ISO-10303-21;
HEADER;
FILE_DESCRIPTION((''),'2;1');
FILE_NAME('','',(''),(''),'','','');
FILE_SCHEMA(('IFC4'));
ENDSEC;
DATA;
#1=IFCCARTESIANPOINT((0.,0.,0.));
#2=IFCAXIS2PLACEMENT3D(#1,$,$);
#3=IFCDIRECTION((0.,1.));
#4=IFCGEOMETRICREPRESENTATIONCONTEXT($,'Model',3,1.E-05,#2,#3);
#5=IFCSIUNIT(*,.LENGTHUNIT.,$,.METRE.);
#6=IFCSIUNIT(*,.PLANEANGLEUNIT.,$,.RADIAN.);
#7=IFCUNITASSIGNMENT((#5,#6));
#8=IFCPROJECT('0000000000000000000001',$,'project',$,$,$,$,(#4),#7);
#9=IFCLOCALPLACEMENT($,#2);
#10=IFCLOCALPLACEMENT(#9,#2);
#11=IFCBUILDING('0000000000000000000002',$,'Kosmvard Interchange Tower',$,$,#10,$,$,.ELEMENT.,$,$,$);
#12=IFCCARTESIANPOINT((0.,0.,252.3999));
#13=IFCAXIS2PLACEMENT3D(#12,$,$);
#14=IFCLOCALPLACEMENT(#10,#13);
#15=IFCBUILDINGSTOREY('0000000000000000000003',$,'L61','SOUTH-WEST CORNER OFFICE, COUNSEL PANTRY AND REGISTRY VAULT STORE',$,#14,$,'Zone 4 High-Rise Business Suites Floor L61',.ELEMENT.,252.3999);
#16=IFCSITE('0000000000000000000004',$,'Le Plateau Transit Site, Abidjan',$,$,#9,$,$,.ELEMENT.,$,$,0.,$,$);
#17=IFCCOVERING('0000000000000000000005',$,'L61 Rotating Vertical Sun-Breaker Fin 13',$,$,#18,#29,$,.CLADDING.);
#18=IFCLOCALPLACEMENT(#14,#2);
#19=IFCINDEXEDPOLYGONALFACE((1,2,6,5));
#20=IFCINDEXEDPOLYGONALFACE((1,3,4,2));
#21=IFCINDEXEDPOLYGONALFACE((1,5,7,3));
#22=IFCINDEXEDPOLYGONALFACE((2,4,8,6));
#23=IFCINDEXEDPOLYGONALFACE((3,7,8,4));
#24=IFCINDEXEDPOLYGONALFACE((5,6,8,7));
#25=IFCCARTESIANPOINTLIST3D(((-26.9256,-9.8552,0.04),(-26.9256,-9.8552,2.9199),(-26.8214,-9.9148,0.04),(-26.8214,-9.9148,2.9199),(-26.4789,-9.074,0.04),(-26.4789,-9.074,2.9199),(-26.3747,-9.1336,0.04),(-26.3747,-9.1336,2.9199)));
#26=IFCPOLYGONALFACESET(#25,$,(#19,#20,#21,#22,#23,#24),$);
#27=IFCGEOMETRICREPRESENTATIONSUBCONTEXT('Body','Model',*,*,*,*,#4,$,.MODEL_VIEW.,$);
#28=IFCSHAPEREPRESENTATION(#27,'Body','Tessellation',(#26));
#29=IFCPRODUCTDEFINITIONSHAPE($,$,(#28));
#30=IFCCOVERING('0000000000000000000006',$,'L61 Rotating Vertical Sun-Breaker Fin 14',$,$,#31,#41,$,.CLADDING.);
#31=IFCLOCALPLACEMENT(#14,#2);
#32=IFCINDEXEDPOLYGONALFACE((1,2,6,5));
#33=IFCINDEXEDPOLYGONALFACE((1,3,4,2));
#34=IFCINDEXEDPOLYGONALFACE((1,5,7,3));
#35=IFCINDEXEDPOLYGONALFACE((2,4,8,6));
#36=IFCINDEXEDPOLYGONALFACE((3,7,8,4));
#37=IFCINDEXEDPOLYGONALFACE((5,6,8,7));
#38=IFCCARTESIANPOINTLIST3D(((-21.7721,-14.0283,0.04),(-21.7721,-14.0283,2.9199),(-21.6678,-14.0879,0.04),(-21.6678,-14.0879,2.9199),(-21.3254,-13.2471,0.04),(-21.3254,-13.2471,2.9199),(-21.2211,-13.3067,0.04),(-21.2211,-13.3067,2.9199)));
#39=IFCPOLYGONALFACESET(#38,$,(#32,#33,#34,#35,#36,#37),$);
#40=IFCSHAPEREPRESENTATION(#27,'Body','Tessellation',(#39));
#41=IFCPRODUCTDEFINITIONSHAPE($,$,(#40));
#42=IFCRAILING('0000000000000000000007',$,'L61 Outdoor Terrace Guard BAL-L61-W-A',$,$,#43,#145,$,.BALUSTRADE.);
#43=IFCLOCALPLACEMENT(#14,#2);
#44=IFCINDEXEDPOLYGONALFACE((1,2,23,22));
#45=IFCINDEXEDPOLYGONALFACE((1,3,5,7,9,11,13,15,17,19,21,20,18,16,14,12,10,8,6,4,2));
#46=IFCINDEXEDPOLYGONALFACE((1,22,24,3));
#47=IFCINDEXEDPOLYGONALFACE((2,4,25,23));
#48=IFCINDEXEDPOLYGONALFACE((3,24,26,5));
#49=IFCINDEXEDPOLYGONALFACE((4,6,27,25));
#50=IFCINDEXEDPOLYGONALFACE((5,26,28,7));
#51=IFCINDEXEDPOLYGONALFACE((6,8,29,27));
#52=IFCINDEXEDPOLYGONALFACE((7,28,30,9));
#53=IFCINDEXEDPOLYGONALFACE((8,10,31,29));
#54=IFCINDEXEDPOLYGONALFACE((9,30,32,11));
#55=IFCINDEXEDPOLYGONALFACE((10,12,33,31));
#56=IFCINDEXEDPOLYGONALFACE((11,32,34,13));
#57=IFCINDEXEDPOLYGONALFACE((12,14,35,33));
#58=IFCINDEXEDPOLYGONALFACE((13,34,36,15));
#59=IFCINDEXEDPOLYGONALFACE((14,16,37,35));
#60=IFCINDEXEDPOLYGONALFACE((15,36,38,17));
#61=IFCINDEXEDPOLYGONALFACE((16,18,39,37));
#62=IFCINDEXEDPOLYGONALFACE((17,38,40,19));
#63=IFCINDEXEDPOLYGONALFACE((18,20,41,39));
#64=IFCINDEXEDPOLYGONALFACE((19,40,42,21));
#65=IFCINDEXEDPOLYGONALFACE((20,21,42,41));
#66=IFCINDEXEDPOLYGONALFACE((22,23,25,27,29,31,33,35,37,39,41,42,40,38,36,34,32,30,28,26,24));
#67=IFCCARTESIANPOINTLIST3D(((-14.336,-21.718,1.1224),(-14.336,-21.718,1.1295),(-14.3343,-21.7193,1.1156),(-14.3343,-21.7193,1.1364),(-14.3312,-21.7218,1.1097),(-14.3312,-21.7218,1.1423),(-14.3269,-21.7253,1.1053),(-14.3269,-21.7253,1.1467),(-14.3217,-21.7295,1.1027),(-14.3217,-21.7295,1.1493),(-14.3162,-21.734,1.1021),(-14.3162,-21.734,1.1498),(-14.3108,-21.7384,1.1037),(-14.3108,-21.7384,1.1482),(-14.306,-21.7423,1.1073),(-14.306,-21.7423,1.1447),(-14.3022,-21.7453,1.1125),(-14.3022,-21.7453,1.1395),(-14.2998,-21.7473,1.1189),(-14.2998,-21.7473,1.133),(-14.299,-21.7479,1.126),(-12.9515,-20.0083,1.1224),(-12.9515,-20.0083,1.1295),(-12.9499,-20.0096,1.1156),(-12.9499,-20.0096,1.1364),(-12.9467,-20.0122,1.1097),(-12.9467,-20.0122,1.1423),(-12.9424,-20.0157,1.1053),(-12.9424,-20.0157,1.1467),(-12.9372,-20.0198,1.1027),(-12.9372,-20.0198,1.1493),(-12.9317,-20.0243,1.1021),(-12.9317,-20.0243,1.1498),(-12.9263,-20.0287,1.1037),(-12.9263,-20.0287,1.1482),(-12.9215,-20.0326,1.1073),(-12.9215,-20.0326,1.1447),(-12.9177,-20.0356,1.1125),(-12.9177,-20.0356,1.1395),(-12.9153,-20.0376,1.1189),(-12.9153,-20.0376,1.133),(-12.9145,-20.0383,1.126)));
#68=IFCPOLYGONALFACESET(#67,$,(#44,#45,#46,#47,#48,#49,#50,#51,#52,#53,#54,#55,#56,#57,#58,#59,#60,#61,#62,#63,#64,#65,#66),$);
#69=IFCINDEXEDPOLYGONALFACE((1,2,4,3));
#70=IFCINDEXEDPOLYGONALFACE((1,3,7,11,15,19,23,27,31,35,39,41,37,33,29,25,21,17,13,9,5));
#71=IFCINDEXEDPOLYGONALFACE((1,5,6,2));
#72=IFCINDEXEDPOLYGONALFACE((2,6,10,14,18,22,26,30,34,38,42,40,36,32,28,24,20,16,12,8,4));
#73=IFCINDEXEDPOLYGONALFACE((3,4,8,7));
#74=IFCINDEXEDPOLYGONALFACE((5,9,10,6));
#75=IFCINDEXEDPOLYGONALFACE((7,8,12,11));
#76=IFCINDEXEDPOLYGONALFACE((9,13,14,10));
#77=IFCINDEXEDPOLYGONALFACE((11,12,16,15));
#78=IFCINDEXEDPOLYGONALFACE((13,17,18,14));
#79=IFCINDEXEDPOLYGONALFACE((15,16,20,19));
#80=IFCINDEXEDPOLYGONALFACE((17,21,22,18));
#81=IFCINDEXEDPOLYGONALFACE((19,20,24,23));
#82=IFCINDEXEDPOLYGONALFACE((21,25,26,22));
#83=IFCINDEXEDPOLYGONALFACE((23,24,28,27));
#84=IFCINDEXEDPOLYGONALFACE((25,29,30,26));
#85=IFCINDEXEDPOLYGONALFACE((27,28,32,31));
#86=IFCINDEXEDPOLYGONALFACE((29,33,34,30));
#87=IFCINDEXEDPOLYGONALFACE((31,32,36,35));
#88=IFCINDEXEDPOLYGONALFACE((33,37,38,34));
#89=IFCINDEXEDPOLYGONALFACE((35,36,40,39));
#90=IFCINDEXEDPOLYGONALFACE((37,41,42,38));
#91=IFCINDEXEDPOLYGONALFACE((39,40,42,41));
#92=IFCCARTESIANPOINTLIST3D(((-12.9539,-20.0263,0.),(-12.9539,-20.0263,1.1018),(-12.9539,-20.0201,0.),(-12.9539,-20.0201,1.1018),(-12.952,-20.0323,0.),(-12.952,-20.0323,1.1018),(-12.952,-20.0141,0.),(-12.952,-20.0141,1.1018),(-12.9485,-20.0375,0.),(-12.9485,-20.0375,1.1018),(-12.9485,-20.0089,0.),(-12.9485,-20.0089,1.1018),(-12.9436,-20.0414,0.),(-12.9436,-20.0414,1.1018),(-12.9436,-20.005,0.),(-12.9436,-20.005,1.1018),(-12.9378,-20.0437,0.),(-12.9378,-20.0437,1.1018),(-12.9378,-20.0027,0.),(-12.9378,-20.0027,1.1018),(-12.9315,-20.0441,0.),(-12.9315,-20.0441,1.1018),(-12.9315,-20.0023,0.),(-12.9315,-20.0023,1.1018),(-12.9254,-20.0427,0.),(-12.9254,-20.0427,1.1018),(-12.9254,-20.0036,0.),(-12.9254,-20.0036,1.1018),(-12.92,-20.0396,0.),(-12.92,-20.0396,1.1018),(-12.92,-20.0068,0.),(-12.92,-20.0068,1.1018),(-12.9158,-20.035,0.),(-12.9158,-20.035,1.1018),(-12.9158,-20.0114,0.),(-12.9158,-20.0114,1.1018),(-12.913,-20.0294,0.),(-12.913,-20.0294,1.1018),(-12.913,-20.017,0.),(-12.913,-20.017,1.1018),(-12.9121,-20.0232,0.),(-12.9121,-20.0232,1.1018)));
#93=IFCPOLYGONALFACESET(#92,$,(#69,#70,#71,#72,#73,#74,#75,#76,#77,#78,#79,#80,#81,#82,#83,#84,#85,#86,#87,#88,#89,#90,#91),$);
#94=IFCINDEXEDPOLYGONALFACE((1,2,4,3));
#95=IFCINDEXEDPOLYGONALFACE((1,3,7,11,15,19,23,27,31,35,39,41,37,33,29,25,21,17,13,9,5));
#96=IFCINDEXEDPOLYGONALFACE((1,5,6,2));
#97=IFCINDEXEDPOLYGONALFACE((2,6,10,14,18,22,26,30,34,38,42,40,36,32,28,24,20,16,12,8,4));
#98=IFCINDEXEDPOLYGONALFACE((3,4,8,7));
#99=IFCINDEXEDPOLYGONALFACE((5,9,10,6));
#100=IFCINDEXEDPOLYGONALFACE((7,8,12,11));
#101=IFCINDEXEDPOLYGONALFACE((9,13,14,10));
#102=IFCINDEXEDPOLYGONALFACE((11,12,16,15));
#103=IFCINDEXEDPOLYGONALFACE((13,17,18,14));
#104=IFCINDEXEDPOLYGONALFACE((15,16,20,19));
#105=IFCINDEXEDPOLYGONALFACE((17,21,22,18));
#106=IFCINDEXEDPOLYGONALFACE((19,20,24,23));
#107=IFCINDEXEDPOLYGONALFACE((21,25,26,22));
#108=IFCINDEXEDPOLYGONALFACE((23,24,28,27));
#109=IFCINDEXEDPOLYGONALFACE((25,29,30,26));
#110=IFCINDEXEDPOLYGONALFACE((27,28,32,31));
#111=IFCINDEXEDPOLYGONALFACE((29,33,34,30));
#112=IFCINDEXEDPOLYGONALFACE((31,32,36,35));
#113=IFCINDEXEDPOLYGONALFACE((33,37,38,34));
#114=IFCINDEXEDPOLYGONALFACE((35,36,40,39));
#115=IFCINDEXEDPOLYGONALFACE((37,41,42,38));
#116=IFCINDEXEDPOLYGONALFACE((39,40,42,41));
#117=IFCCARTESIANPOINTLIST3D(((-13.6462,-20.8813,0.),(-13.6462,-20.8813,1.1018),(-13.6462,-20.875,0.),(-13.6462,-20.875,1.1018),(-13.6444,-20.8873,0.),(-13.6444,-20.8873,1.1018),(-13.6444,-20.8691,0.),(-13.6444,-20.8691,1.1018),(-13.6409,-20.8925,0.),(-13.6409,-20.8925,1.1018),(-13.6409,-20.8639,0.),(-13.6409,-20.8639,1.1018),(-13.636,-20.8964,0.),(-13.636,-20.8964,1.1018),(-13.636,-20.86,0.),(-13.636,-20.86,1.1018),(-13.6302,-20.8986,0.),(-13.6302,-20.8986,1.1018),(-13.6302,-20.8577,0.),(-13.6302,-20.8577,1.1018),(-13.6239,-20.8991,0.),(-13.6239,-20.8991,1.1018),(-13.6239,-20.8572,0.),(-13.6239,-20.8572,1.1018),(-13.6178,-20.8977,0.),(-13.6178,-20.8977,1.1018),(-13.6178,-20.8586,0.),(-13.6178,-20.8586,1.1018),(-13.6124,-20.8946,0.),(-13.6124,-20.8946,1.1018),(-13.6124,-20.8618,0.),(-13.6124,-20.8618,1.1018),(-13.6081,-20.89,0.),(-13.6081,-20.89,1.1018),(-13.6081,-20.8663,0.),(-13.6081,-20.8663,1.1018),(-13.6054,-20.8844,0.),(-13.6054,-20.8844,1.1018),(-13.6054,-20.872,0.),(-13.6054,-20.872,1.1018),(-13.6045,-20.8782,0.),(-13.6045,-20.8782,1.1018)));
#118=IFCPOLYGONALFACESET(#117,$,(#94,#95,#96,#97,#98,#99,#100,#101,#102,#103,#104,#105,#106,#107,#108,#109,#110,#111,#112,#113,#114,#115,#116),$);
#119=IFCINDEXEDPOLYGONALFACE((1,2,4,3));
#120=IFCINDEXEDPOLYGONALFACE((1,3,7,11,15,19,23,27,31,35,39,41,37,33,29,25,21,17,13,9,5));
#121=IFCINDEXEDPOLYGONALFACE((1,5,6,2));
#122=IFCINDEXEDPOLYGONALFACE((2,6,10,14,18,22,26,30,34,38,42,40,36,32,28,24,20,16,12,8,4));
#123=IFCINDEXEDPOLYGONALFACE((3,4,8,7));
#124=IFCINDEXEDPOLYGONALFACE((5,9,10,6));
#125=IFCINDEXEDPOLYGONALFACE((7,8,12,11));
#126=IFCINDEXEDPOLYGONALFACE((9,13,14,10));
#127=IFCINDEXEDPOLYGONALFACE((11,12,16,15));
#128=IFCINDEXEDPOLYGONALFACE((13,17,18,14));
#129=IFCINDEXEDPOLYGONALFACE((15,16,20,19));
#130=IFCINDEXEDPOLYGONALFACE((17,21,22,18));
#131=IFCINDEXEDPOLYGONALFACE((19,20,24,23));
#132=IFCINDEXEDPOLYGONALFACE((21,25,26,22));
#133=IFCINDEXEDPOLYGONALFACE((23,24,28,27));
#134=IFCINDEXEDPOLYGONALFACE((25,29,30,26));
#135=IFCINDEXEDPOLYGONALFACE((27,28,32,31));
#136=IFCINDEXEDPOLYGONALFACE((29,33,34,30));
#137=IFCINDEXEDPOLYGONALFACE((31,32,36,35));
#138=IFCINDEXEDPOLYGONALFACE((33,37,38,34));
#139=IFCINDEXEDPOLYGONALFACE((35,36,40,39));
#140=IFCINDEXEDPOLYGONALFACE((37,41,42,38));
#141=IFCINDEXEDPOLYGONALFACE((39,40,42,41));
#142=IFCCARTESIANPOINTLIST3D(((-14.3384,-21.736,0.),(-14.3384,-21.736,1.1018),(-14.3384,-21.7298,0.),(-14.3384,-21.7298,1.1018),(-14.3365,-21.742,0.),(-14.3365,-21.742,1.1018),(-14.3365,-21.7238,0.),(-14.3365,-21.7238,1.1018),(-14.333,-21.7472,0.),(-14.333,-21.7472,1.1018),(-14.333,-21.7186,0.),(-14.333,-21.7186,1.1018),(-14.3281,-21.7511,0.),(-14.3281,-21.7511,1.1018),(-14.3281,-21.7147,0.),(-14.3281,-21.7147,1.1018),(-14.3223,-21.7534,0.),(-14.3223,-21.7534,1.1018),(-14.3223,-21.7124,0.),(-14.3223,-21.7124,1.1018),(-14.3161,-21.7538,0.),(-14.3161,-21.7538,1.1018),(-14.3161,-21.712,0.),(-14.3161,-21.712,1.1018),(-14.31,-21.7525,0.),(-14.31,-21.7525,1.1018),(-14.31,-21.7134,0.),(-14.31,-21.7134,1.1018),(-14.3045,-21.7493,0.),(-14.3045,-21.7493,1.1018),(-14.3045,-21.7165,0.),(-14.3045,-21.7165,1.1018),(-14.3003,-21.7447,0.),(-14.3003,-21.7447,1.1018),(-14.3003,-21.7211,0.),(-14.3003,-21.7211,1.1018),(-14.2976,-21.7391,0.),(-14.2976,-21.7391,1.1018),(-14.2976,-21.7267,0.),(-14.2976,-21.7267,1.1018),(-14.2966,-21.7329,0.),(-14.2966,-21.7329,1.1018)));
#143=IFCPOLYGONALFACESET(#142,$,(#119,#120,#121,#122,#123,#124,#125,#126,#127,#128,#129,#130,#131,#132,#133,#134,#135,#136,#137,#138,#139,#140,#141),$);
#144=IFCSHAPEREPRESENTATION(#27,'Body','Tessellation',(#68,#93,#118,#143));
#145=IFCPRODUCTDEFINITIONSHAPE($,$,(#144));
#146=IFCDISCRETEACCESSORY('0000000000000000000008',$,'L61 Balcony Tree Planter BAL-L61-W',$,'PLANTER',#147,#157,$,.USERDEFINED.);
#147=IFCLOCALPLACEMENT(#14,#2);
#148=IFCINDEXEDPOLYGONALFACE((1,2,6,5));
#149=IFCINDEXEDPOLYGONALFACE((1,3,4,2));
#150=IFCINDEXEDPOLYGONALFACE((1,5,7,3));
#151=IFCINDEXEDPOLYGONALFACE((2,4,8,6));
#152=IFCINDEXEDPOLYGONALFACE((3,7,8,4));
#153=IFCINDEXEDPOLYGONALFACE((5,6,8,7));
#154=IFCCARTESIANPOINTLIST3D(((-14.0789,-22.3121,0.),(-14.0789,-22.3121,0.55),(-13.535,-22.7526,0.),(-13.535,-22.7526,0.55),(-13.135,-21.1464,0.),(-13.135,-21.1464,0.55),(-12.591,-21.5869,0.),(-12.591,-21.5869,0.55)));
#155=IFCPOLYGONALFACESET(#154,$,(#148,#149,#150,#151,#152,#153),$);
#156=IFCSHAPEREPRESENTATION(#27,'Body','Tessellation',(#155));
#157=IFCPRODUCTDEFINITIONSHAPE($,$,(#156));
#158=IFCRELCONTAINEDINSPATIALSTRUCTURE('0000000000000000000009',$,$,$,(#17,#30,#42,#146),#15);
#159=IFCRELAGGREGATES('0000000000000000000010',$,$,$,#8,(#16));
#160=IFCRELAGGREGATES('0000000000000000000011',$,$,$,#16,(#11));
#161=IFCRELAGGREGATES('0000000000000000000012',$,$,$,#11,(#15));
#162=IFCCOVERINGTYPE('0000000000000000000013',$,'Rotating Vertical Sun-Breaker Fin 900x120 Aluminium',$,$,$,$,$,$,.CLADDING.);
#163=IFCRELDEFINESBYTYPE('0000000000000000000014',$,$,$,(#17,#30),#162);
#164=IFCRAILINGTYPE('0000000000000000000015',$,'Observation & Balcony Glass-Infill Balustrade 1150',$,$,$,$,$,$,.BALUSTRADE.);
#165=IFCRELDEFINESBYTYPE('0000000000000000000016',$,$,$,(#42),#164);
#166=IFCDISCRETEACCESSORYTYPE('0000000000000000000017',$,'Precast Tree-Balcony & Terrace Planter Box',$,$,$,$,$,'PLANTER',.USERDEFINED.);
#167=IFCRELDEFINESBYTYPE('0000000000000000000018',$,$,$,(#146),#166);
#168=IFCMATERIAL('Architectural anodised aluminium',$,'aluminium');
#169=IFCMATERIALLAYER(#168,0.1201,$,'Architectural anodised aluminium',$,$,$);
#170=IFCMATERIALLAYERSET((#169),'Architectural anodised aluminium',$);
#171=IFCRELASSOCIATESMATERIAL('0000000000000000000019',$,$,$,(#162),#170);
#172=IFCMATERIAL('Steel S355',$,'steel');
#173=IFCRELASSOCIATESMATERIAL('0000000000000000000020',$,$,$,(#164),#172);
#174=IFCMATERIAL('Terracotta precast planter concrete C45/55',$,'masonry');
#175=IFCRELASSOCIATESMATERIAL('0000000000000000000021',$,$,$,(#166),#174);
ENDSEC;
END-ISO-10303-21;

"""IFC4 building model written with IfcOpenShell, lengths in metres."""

from ifc_helpers import new_model, si_unit, direction, frame, origin, origin_2d, place, context, subcontext, project, spatial, rectangle, circle, extrude, source, transform, mapped, material, layer, layer_set, type_object, element, save


model = new_model("IFC4")

# Units and contexts
model_context = context("Model", 3, precision=1e-05, world=origin(), true_north=direction((0.0, 1.0)))
body_context = subcontext(model_context, "Body", "Model", "MODEL_VIEW")
ifc_project = project(units=[si_unit("LENGTHUNIT", "METRE"), si_unit("PLANEANGLEUNIT", "RADIAN")], contexts=[model_context])

# Site, building, storey
site_placement = place(None, origin())
site = spatial("IfcSite", under=ifc_project, at=site_placement, Name="Le Plateau Transit Site, Abidjan", CompositionType="ELEMENT", RefElevation=0.0)
building_placement = place(site_placement, origin())
building = spatial("IfcBuilding", under=site, at=building_placement, Name="Kosmvard Interchange Tower", CompositionType="ELEMENT")
storey_placement = place(building_placement, frame((0.0, 0.0, 252.3999)))
storey = spatial("IfcBuildingStorey", under=building, at=storey_placement, Name="L61", Description="SOUTH-WEST CORNER OFFICE, COUNSEL PANTRY AND REGISTRY VAULT STORE", LongName="Zone 4 High-Rise Business Suites Floor L61", CompositionType="ELEMENT", Elevation=252.3999)

# Shared definitions
ifc_material_1 = material(Name="Steel S355", Category="steel")

# Coverings
ifc_material_2 = material(Name="Architectural anodised aluminium", Category="aluminium")
ifc_layer_1 = layer(ifc_material_2, 0.1201, Name="Architectural anodised aluminium")
ifc_layer_set_1 = layer_set([ifc_layer_1], Name="Architectural anodised aluminium")
covering_type = type_object("IfcCoveringType", Name="Rotating Vertical Sun-Breaker Fin 900x120 Aluminium", PredefinedType="CLADDING", material=ifc_layer_set_1)
shared_shape_1 = source(origin(), body_context, "Body", "SweptSolid", [
    extrude(rectangle(XDim=0.8999, YDim=0.1201, at=origin_2d()), origin(), (0.0, 0.0, 1.0), 2.8799),
])
for number, where, z_axis, x_axis, name in (
    (1, (-26.6501, -9.4944, 0.04), (0.0, 0.0, 1.0), (-0.496368, -0.868112, 0.0), "L61 Rotating Vertical Sun-Breaker Fin 13"),
    (2, (-21.4966, -13.6675, 0.04), (0.0, 0.0, 1.0), (-0.496368, -0.868112, 0.0), "L61 Rotating Vertical Sun-Breaker Fin 14"),
):
    element("IfcCovering", number, at=place(storey_placement, frame(where, z_axis=z_axis, x_axis=x_axis)), inside=storey, type_object=covering_type, Name=name, PredefinedType="CLADDING", context=body_context, shape_type="MappedRepresentation", body=[
        mapped(shared_shape_1, transform((0.0, 0.0, 0.0), scale=1.0)),
    ])

# Railing
railing_type = type_object("IfcRailingType", Name="Observation & Balcony Glass-Infill Balustrade 1150", PredefinedType="BALUSTRADE", material=ifc_material_1)
shared_shape_2 = source(origin(), body_context, "Body", "SweptSolid", [
    extrude(circle(Radius=0.0239, at=origin_2d()), frame((0.0, 0.0, 1.126), z_axis=(-0.629326, -0.777141, 0.0), x_axis=(0.777141, -0.629326, 0.0)), (0.0, 0.0, 1.0), 2.2),
    extrude(circle(Radius=0.021, at=origin_2d()), origin(), (0.0, 0.0, 1.0), 1.1018),
    extrude(circle(Radius=0.021, at=origin_2d()), frame((-0.6924, -0.855, 0.0)), (0.0, 0.0, 1.0), 1.1018),
    extrude(circle(Radius=0.021, at=origin_2d()), frame((-1.3845, -1.7097, 0.0)), (0.0, 0.0, 1.0), 1.1018),
])
railing_1_placement = place(storey_placement, frame((-12.9331, -20.0232, 0.0)))
element("IfcRailing", 3, at=railing_1_placement, inside=storey, type_object=railing_type, Name="L61 Outdoor Terrace Guard BAL-L61-W-A", PredefinedType="BALUSTRADE", context=body_context, shape_type="MappedRepresentation", body=[
    mapped(shared_shape_2, transform((0.0, 0.0, 0.0), scale=1.0)),
])

# Discrete accessory
ifc_material_3 = material(Name="Terracotta precast planter concrete C45/55", Category="masonry")
discrete_accessory_type = type_object("IfcDiscreteAccessoryType", Name="Precast Tree-Balcony & Terrace Planter Box", ElementType="PLANTER", PredefinedType="USERDEFINED", material=ifc_material_3)
shared_shape_3 = source(origin(), body_context, "Body", "SweptSolid", [
    extrude(rectangle(XDim=1.5, YDim=0.7, at=origin_2d()), origin(), (0.0, 0.0, 1.0), 0.55),
])
discrete_accessory_placement = place(storey_placement, frame((-13.335, -21.9495, 0.0), z_axis=(0.0, 0.0, 1.0), x_axis=(0.62932, 0.777146, 0.0)))
element("IfcDiscreteAccessory", 4, at=discrete_accessory_placement, inside=storey, type_object=discrete_accessory_type, Name="L61 Balcony Tree Planter BAL-L61-W", ObjectType="PLANTER", PredefinedType="USERDEFINED", context=body_context, shape_type="MappedRepresentation", body=[
    mapped(shared_shape_3, transform((0.0, 0.0, 0.0), scale=1.0)),
])

save(model, "model.ifc")
